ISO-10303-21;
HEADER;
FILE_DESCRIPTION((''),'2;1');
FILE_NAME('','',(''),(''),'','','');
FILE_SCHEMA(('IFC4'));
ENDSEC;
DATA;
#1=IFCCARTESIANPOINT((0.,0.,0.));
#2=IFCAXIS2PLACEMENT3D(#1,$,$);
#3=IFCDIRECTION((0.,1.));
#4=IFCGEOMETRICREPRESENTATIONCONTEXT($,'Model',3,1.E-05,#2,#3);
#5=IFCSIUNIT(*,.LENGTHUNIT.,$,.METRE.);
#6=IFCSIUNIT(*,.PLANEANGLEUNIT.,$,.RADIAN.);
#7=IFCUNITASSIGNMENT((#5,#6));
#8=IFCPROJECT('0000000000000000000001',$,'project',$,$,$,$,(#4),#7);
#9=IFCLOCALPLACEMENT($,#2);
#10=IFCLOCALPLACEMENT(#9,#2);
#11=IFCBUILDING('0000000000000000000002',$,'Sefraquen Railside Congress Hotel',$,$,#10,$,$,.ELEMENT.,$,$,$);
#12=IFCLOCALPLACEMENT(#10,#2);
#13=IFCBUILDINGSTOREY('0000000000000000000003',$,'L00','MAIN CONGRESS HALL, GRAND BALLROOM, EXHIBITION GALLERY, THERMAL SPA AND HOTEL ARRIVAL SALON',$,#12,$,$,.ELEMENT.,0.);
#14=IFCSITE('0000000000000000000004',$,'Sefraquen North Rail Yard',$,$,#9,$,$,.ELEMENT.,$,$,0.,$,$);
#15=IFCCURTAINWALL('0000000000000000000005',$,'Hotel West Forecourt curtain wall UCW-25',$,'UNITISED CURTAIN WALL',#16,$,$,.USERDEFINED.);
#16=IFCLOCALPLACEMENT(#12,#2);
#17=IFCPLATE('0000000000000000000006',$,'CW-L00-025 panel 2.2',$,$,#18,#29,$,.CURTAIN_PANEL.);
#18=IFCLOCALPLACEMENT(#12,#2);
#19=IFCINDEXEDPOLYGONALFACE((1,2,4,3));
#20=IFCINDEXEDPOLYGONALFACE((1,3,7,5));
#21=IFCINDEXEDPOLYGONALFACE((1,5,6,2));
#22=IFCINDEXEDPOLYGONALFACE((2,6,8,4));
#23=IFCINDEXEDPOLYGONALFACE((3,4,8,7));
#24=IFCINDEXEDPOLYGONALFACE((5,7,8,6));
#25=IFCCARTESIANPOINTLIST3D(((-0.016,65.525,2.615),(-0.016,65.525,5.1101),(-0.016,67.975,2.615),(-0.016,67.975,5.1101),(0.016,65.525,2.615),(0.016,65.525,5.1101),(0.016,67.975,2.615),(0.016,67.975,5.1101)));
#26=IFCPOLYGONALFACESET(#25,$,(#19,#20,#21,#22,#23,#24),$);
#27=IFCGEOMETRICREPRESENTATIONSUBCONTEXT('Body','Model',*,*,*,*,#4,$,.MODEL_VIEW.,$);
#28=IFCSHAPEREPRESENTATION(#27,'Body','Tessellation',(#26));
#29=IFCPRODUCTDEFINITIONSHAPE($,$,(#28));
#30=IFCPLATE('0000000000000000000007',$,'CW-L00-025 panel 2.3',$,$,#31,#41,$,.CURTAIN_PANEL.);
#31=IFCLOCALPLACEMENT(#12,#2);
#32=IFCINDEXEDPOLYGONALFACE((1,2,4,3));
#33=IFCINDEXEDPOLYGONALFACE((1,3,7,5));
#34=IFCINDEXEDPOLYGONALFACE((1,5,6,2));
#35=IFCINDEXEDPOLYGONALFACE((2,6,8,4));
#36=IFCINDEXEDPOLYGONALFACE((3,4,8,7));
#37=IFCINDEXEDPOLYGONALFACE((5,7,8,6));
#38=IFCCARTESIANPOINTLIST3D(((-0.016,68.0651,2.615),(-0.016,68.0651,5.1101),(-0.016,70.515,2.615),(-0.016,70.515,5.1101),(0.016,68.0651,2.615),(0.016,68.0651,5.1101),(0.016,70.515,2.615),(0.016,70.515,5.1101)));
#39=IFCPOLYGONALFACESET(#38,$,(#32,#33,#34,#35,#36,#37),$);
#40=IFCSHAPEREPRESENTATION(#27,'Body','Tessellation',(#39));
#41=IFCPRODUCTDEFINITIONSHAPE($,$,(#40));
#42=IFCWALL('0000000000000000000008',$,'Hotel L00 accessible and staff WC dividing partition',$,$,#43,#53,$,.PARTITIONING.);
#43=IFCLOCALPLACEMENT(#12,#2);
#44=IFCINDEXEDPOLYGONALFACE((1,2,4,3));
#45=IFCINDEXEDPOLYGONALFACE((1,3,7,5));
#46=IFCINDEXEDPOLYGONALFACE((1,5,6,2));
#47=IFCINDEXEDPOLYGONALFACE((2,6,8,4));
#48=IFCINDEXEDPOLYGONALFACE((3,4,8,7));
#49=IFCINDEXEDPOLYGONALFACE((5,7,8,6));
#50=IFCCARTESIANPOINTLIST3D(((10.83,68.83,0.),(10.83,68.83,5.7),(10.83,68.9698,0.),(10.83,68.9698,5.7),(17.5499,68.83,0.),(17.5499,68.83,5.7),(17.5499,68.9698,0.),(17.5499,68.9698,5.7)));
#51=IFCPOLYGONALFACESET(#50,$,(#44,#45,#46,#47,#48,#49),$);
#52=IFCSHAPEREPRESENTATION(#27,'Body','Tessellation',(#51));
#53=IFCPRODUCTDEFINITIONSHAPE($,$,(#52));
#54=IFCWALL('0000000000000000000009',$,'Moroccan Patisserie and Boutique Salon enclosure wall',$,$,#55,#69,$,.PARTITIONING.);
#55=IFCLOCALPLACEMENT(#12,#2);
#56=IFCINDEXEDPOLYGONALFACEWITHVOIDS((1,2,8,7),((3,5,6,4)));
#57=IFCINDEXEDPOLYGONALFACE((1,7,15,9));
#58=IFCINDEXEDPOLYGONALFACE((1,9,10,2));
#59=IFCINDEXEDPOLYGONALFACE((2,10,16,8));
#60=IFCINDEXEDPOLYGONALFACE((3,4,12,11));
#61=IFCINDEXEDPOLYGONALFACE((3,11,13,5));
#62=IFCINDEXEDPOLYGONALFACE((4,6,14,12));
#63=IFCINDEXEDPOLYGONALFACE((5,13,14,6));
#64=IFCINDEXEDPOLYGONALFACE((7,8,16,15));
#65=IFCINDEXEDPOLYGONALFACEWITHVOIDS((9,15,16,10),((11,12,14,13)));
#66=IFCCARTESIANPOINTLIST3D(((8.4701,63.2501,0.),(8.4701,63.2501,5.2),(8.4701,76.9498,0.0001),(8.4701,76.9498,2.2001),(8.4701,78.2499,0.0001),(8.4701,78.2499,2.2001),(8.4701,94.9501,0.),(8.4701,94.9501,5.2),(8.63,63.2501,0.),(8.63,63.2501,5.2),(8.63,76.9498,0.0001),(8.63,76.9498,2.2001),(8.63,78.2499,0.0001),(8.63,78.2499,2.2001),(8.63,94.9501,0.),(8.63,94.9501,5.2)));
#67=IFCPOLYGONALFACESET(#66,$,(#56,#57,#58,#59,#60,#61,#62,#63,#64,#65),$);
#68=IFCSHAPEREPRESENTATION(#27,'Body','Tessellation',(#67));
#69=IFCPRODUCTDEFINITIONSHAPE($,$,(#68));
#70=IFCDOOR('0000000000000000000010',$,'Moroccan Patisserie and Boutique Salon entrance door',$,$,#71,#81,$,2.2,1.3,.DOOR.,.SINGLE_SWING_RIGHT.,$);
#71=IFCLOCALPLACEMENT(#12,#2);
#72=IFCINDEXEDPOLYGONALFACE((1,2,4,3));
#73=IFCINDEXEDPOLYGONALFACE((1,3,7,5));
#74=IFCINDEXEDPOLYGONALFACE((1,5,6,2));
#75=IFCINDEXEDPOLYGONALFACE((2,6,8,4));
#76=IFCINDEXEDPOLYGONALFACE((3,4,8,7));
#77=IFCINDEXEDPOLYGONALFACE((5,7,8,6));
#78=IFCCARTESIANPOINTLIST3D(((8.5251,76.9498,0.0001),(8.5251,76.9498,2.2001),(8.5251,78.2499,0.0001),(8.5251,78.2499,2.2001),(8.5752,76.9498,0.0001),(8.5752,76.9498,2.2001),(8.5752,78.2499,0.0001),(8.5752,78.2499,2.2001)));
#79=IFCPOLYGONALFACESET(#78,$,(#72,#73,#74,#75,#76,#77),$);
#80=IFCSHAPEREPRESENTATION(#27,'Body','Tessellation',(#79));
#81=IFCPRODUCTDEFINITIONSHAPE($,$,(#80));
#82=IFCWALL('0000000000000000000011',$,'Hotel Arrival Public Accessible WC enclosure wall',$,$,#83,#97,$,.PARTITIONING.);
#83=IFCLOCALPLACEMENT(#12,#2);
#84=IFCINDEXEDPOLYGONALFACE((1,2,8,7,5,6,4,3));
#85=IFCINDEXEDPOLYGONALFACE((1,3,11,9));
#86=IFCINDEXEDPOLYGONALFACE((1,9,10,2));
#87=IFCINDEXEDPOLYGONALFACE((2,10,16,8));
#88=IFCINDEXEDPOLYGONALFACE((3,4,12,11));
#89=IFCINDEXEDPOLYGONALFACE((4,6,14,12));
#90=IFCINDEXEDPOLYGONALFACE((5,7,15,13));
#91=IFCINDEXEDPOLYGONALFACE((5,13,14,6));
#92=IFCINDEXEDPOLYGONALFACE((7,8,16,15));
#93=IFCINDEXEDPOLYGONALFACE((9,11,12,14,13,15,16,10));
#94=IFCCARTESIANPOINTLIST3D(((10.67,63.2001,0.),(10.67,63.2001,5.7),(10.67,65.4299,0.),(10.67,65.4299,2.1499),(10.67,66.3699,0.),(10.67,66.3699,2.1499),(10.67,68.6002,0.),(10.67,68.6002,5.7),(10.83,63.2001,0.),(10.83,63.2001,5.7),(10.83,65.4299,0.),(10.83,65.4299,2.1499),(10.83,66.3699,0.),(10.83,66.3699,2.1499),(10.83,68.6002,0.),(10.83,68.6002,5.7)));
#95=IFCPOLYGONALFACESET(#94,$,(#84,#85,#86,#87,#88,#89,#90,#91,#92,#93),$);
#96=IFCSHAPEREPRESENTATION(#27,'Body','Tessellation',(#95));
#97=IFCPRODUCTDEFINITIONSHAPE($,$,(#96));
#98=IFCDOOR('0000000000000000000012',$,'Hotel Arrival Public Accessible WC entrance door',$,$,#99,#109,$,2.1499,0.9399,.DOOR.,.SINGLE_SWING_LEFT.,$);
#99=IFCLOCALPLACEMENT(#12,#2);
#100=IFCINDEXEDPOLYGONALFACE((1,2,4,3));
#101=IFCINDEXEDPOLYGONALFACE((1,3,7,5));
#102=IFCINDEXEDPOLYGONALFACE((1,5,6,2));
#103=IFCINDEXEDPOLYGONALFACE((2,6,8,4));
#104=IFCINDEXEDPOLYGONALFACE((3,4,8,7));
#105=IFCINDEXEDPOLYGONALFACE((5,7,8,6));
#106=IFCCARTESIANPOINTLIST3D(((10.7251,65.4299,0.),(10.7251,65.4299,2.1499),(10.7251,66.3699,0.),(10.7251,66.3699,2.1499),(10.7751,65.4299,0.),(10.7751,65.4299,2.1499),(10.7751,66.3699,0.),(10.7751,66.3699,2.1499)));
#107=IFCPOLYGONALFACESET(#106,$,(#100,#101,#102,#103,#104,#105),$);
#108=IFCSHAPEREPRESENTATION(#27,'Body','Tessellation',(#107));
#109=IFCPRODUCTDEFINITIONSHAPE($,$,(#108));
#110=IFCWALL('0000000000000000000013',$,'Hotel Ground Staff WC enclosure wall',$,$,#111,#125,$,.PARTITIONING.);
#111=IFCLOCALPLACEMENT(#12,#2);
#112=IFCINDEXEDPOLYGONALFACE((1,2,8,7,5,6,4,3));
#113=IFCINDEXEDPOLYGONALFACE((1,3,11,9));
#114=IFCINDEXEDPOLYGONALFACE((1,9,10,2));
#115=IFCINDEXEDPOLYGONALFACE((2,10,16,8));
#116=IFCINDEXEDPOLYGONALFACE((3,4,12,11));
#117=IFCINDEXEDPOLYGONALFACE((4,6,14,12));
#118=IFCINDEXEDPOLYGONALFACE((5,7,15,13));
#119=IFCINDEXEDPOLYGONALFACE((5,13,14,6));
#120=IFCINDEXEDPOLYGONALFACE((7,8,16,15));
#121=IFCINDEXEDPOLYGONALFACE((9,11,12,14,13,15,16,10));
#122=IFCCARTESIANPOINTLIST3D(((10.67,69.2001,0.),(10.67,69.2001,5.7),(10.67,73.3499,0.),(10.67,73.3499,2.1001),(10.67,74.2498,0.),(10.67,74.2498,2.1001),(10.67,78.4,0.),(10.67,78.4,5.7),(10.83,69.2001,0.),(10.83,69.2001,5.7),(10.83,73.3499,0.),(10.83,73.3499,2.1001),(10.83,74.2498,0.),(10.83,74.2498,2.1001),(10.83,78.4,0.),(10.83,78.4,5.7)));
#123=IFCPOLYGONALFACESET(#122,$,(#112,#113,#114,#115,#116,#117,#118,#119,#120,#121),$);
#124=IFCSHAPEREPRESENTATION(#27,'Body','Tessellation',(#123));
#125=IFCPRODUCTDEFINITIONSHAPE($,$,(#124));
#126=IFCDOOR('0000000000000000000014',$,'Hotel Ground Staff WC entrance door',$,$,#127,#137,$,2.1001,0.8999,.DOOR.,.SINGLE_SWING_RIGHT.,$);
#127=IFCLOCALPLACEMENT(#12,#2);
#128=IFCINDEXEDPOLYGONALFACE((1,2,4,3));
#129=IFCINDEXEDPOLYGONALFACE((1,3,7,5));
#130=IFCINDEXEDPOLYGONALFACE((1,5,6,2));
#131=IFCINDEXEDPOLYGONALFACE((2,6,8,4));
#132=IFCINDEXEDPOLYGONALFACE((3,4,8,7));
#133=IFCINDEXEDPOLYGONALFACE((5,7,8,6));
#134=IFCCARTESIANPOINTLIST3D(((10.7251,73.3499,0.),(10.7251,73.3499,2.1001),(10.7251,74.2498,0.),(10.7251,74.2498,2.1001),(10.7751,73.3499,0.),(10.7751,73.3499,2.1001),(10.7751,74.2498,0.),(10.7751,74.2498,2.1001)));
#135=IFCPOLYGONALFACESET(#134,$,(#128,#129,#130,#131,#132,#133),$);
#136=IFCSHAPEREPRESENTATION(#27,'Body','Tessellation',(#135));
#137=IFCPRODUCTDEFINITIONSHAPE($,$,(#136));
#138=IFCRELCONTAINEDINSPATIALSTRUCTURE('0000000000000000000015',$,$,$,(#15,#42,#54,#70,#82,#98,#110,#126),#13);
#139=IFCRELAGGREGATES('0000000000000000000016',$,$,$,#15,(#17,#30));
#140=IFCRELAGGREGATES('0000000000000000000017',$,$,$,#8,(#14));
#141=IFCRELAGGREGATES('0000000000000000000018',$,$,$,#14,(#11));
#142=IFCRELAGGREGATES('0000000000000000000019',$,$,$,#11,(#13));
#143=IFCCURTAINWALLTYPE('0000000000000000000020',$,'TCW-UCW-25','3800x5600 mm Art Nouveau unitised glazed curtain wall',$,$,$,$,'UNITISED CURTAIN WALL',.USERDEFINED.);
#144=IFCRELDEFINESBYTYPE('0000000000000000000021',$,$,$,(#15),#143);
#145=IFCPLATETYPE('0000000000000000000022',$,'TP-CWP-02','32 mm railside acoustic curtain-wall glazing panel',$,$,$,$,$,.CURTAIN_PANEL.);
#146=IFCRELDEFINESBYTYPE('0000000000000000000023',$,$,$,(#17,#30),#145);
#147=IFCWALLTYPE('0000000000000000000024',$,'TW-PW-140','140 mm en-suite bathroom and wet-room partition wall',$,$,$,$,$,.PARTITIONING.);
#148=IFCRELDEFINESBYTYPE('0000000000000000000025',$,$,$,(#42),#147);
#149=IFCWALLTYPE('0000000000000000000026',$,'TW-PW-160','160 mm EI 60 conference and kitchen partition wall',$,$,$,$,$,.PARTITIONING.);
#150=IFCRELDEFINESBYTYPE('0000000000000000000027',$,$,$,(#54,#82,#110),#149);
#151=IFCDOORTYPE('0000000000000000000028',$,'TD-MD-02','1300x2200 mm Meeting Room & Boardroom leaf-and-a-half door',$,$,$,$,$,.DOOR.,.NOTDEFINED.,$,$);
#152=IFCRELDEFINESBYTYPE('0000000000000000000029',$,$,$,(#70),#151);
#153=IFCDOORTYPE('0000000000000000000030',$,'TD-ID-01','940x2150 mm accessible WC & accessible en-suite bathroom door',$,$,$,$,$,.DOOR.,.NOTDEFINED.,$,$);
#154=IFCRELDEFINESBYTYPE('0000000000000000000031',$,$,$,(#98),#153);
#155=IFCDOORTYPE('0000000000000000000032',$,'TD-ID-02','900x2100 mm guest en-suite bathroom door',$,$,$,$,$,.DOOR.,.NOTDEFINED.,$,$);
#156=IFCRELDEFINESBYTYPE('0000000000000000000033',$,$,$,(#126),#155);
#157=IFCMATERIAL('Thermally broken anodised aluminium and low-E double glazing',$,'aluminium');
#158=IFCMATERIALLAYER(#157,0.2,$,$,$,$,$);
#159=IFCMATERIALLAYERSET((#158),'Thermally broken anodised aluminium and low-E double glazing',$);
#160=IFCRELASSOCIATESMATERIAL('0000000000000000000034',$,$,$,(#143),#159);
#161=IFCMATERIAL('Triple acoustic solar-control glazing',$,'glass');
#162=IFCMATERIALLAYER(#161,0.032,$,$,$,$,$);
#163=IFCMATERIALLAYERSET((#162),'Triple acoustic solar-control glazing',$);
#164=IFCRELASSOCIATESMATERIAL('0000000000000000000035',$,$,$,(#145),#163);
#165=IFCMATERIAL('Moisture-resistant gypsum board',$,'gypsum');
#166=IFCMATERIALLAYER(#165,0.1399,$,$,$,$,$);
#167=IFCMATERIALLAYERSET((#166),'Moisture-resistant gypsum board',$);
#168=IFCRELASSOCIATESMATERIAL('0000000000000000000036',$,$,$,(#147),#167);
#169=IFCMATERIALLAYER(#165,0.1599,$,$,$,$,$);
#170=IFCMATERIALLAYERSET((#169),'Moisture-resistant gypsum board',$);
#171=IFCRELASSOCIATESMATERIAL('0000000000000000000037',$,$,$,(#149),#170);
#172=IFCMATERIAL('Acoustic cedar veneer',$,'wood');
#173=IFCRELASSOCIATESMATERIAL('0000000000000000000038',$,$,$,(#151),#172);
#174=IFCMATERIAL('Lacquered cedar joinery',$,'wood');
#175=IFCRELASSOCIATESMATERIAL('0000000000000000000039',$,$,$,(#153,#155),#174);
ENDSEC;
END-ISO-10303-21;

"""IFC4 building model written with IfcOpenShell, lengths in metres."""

from ifc_helpers import new_model, si_unit, direction, frame, frame_2d, origin, origin_2d, place, context, subcontext, project, spatial, rectangle, extrude, material, layer, layer_set, type_object, element, fill, aggregate, save


model = new_model("IFC4")

# Units and contexts
model_context = context("Model", 3, precision=1e-05, world=origin(), true_north=direction((0.0, 1.0)))
body_context = subcontext(model_context, "Body", "Model", "MODEL_VIEW")
ifc_project = project(units=[si_unit("LENGTHUNIT", "METRE"), si_unit("PLANEANGLEUNIT", "RADIAN")], contexts=[model_context])

# Site, building, storey
site_placement = place(None, origin())
site = spatial("IfcSite", under=ifc_project, at=site_placement, Name="Sefraquen North Rail Yard", CompositionType="ELEMENT", RefElevation=0.0)
building_placement = place(site_placement, origin())
building = spatial("IfcBuilding", under=site, at=building_placement, Name="Sefraquen Railside Congress Hotel", CompositionType="ELEMENT")
storey_placement = place(building_placement, origin())
storey = spatial("IfcBuildingStorey", under=building, at=storey_placement, Name="L00", Description="MAIN CONGRESS HALL, GRAND BALLROOM, EXHIBITION GALLERY, THERMAL SPA AND HOTEL ARRIVAL SALON", CompositionType="ELEMENT", Elevation=0.0)

# Curtain wall, plates
ifc_material_1 = material(Name="Thermally broken anodised aluminium and low-E double glazing", Category="aluminium")
ifc_layer_1 = layer(ifc_material_1, 0.2)
ifc_layer_set_1 = layer_set([ifc_layer_1], Name="Thermally broken anodised aluminium and low-E double glazing")
curtain_wall_type = type_object("IfcCurtainWallType", Name="TCW-UCW-25", Description="3800x5600 mm Art Nouveau unitised glazed curtain wall", ElementType="UNITISED CURTAIN WALL", PredefinedType="USERDEFINED", material=ifc_layer_set_1)
curtain_wall_placement = place(storey_placement, origin())
curtain_wall = element("IfcCurtainWall", 1, at=curtain_wall_placement, inside=storey, type_object=curtain_wall_type, Name="Hotel West Forecourt curtain wall UCW-25", ObjectType="UNITISED CURTAIN WALL", PredefinedType="USERDEFINED")
ifc_material_2 = material(Name="Triple acoustic solar-control glazing", Category="glass")
ifc_layer_2 = layer(ifc_material_2, 0.032)
ifc_layer_set_2 = layer_set([ifc_layer_2], Name="Triple acoustic solar-control glazing")
plate_type_1 = type_object("IfcPlateType", Name="TP-CWP-02", Description="32 mm railside acoustic curtain-wall glazing panel", PredefinedType="CURTAIN_PANEL", material=ifc_layer_set_2)
plate_1_placement = place(storey_placement, frame((0.0, 66.75, 2.615), z_axis=(0.0, 0.0, 1.0), x_axis=(0.0, 1.0, 0.0)))
plate_1 = element("IfcPlate", 2, at=plate_1_placement, type_object=plate_type_1, Name="CW-L00-025 panel 2.2", PredefinedType="CURTAIN_PANEL", context=body_context, shape_type="SweptSolid", body=[
    extrude(rectangle(XDim=2.45, YDim=0.032, at=origin_2d()), origin(), (0.0, 0.0, 1.0), 2.4951),
])
plate_2_placement = place(storey_placement, frame((0.0, 69.29, 2.615), z_axis=(0.0, 0.0, 1.0), x_axis=(0.0, 1.0, 0.0)))
plate_2 = element("IfcPlate", 3, at=plate_2_placement, type_object=plate_type_1, Name="CW-L00-025 panel 2.3", PredefinedType="CURTAIN_PANEL", context=body_context, shape_type="SweptSolid", body=[
    extrude(rectangle(XDim=2.45, YDim=0.032, at=origin_2d()), origin(), (0.0, 0.0, 1.0), 2.4951),
])
aggregate(curtain_wall, [plate_1, plate_2])

# Wall
ifc_material_3 = material(Name="Moisture-resistant gypsum board", Category="gypsum")
ifc_layer_3 = layer(ifc_material_3, 0.1399)
ifc_layer_set_3 = layer_set([ifc_layer_3], Name="Moisture-resistant gypsum board")
wall_type_1 = type_object("IfcWallType", Name="TW-PW-140", Description="140 mm en-suite bathroom and wet-room partition wall", PredefinedType="PARTITIONING", material=ifc_layer_set_3)
wall_1_placement = place(storey_placement, frame((10.8301, 68.8999, 0.0), z_axis=(0.0, 0.0, 1.0), x_axis=(1.0, 0.0, 0.0)))
element("IfcWall", 4, at=wall_1_placement, inside=storey, type_object=wall_type_1, Name="Hotel L00 accessible and staff WC dividing partition", PredefinedType="PARTITIONING", context=body_context, shape_type="SweptSolid", body=[
    extrude(rectangle(XDim=6.72, YDim=0.1399, at=frame_2d((3.3599, 0.0))), origin(), (0.0, 0.0, 1.0), 5.7),
])

# Walls, openings, doors
ifc_layer_4 = layer(ifc_material_3, 0.1599)
ifc_layer_set_4 = layer_set([ifc_layer_4], Name="Moisture-resistant gypsum board")
wall_type_2 = type_object("IfcWallType", Name="TW-PW-160", Description="160 mm EI 60 conference and kitchen partition wall", PredefinedType="PARTITIONING", material=ifc_layer_set_4)
wall_2_placement = place(storey_placement, frame((8.55, 63.25, 0.0), z_axis=(0.0, 0.0, 1.0), x_axis=(0.0, 1.0, 0.0)))
wall_2 = element("IfcWall", 5, at=wall_2_placement, inside=storey, type_object=wall_type_2, Name="Moroccan Patisserie and Boutique Salon enclosure wall", PredefinedType="PARTITIONING", context=body_context, shape_type="SweptSolid", body=[
    extrude(rectangle(XDim=31.7, YDim=0.1599, at=frame_2d((15.8501, 0.0))), origin(), (0.0, 0.0, 1.0), 5.2),
])
opening_1_placement = place(wall_2_placement, frame((13.7, 0.0, 0.0)))
opening_1 = element("IfcOpeningElement", 6, at=opening_1_placement, cuts=wall_2, PredefinedType="OPENING", context=body_context, shape_type="SweptSolid", body=[
    extrude(rectangle(XDim=1.3, YDim=2.2, at=frame_2d((0.6499, 1.1001))), frame((0.0, 0.0898, 0.0), z_axis=(0.0, -1.0, 0.0), x_axis=(1.0, 0.0, 0.0)), (0.0, 0.0, 1.0), 0.1799),
])
ifc_material_4 = material(Name="Acoustic cedar veneer", Category="wood")
door_type_1 = type_object("IfcDoorType", Name="TD-MD-02", Description="1300x2200 mm Meeting Room & Boardroom leaf-and-a-half door", OperationType="NOTDEFINED", PredefinedType="DOOR", material=ifc_material_4)
door_1_placement = place(opening_1_placement, origin())
door_1 = element("IfcDoor", 7, at=door_1_placement, inside=storey, type_object=door_type_1, Name="Moroccan Patisserie and Boutique Salon entrance door", OperationType="SINGLE_SWING_RIGHT", OverallHeight=2.2, OverallWidth=1.3, PredefinedType="DOOR", context=body_context, shape_type="SweptSolid", body=[
    extrude(rectangle(XDim=1.3, YDim=2.2, at=frame_2d((0.6499, 1.1001))), frame((0.0, 0.0249, 0.0), z_axis=(0.0, -1.0, 0.0), x_axis=(1.0, 0.0, 0.0)), (0.0, 0.0, 1.0), 0.05),
])
fill(opening_1, door_1)
wall_3_placement = place(storey_placement, frame((10.75, 63.2, 0.0), z_axis=(0.0, 0.0, 1.0), x_axis=(0.0, 1.0, 0.0)))
wall_3 = element("IfcWall", 8, at=wall_3_placement, inside=storey, type_object=wall_type_2, Name="Hotel Arrival Public Accessible WC enclosure wall", PredefinedType="PARTITIONING", context=body_context, shape_type="SweptSolid", body=[
    extrude(rectangle(XDim=5.4001, YDim=0.1599, at=frame_2d((2.7002, 0.0))), origin(), (0.0, 0.0, 1.0), 5.7),
])
opening_2_placement = place(wall_3_placement, frame((2.23, 0.0, 0.0)))
opening_2 = element("IfcOpeningElement", 9, at=opening_2_placement, cuts=wall_3, PredefinedType="OPENING", context=body_context, shape_type="SweptSolid", body=[
    extrude(rectangle(XDim=0.9399, YDim=2.1499, at=frame_2d((0.47, 1.075))), frame((0.0, 0.0898, 0.0), z_axis=(0.0, -1.0, 0.0), x_axis=(1.0, 0.0, 0.0)), (0.0, 0.0, 1.0), 0.1799),
])
ifc_material_5 = material(Name="Lacquered cedar joinery", Category="wood")
door_type_2 = type_object("IfcDoorType", Name="TD-ID-01", Description="940x2150 mm accessible WC & accessible en-suite bathroom door", OperationType="NOTDEFINED", PredefinedType="DOOR", material=ifc_material_5)
door_2_placement = place(opening_2_placement, origin())
door_2 = element("IfcDoor", 10, at=door_2_placement, inside=storey, type_object=door_type_2, Name="Hotel Arrival Public Accessible WC entrance door", OperationType="SINGLE_SWING_LEFT", OverallHeight=2.1499, OverallWidth=0.9399, PredefinedType="DOOR", context=body_context, shape_type="SweptSolid", body=[
    extrude(rectangle(XDim=0.9399, YDim=2.1499, at=frame_2d((0.47, 1.075))), frame((0.0, 0.0249, 0.0), z_axis=(0.0, -1.0, 0.0), x_axis=(1.0, 0.0, 0.0)), (0.0, 0.0, 1.0), 0.05),
])
fill(opening_2, door_2)
wall_4_placement = place(storey_placement, frame((10.75, 69.2, 0.0), z_axis=(0.0, 0.0, 1.0), x_axis=(0.0, 1.0, 0.0)))
wall_4 = element("IfcWall", 11, at=wall_4_placement, inside=storey, type_object=wall_type_2, Name="Hotel Ground Staff WC enclosure wall", PredefinedType="PARTITIONING", context=body_context, shape_type="SweptSolid", body=[
    extrude(rectangle(XDim=9.2, YDim=0.1599, at=frame_2d((4.6001, 0.0))), origin(), (0.0, 0.0, 1.0), 5.7),
])
opening_3_placement = place(wall_4_placement, frame((4.1499, 0.0, 0.0)))
opening_3 = element("IfcOpeningElement", 12, at=opening_3_placement, cuts=wall_4, PredefinedType="OPENING", context=body_context, shape_type="SweptSolid", body=[
    extrude(rectangle(XDim=0.8999, YDim=2.1001, at=frame_2d((0.45, 1.05))), frame((0.0, 0.0898, 0.0), z_axis=(0.0, -1.0, 0.0), x_axis=(1.0, 0.0, 0.0)), (0.0, 0.0, 1.0), 0.1799),
])
door_type_3 = type_object("IfcDoorType", Name="TD-ID-02", Description="900x2100 mm guest en-suite bathroom door", OperationType="NOTDEFINED", PredefinedType="DOOR", material=ifc_material_5)
door_3_placement = place(opening_3_placement, origin())
door_3 = element("IfcDoor", 13, at=door_3_placement, inside=storey, type_object=door_type_3, Name="Hotel Ground Staff WC entrance door", OperationType="SINGLE_SWING_RIGHT", OverallHeight=2.1001, OverallWidth=0.8999, PredefinedType="DOOR", context=body_context, shape_type="SweptSolid", body=[
    extrude(rectangle(XDim=0.8999, YDim=2.1001, at=frame_2d((0.45, 1.05))), frame((0.0, 0.0249, 0.0), z_axis=(0.0, -1.0, 0.0), x_axis=(1.0, 0.0, 0.0)), (0.0, 0.0, 1.0), 0.05),
])
fill(opening_3, door_3)

save(model, "model.ifc")
